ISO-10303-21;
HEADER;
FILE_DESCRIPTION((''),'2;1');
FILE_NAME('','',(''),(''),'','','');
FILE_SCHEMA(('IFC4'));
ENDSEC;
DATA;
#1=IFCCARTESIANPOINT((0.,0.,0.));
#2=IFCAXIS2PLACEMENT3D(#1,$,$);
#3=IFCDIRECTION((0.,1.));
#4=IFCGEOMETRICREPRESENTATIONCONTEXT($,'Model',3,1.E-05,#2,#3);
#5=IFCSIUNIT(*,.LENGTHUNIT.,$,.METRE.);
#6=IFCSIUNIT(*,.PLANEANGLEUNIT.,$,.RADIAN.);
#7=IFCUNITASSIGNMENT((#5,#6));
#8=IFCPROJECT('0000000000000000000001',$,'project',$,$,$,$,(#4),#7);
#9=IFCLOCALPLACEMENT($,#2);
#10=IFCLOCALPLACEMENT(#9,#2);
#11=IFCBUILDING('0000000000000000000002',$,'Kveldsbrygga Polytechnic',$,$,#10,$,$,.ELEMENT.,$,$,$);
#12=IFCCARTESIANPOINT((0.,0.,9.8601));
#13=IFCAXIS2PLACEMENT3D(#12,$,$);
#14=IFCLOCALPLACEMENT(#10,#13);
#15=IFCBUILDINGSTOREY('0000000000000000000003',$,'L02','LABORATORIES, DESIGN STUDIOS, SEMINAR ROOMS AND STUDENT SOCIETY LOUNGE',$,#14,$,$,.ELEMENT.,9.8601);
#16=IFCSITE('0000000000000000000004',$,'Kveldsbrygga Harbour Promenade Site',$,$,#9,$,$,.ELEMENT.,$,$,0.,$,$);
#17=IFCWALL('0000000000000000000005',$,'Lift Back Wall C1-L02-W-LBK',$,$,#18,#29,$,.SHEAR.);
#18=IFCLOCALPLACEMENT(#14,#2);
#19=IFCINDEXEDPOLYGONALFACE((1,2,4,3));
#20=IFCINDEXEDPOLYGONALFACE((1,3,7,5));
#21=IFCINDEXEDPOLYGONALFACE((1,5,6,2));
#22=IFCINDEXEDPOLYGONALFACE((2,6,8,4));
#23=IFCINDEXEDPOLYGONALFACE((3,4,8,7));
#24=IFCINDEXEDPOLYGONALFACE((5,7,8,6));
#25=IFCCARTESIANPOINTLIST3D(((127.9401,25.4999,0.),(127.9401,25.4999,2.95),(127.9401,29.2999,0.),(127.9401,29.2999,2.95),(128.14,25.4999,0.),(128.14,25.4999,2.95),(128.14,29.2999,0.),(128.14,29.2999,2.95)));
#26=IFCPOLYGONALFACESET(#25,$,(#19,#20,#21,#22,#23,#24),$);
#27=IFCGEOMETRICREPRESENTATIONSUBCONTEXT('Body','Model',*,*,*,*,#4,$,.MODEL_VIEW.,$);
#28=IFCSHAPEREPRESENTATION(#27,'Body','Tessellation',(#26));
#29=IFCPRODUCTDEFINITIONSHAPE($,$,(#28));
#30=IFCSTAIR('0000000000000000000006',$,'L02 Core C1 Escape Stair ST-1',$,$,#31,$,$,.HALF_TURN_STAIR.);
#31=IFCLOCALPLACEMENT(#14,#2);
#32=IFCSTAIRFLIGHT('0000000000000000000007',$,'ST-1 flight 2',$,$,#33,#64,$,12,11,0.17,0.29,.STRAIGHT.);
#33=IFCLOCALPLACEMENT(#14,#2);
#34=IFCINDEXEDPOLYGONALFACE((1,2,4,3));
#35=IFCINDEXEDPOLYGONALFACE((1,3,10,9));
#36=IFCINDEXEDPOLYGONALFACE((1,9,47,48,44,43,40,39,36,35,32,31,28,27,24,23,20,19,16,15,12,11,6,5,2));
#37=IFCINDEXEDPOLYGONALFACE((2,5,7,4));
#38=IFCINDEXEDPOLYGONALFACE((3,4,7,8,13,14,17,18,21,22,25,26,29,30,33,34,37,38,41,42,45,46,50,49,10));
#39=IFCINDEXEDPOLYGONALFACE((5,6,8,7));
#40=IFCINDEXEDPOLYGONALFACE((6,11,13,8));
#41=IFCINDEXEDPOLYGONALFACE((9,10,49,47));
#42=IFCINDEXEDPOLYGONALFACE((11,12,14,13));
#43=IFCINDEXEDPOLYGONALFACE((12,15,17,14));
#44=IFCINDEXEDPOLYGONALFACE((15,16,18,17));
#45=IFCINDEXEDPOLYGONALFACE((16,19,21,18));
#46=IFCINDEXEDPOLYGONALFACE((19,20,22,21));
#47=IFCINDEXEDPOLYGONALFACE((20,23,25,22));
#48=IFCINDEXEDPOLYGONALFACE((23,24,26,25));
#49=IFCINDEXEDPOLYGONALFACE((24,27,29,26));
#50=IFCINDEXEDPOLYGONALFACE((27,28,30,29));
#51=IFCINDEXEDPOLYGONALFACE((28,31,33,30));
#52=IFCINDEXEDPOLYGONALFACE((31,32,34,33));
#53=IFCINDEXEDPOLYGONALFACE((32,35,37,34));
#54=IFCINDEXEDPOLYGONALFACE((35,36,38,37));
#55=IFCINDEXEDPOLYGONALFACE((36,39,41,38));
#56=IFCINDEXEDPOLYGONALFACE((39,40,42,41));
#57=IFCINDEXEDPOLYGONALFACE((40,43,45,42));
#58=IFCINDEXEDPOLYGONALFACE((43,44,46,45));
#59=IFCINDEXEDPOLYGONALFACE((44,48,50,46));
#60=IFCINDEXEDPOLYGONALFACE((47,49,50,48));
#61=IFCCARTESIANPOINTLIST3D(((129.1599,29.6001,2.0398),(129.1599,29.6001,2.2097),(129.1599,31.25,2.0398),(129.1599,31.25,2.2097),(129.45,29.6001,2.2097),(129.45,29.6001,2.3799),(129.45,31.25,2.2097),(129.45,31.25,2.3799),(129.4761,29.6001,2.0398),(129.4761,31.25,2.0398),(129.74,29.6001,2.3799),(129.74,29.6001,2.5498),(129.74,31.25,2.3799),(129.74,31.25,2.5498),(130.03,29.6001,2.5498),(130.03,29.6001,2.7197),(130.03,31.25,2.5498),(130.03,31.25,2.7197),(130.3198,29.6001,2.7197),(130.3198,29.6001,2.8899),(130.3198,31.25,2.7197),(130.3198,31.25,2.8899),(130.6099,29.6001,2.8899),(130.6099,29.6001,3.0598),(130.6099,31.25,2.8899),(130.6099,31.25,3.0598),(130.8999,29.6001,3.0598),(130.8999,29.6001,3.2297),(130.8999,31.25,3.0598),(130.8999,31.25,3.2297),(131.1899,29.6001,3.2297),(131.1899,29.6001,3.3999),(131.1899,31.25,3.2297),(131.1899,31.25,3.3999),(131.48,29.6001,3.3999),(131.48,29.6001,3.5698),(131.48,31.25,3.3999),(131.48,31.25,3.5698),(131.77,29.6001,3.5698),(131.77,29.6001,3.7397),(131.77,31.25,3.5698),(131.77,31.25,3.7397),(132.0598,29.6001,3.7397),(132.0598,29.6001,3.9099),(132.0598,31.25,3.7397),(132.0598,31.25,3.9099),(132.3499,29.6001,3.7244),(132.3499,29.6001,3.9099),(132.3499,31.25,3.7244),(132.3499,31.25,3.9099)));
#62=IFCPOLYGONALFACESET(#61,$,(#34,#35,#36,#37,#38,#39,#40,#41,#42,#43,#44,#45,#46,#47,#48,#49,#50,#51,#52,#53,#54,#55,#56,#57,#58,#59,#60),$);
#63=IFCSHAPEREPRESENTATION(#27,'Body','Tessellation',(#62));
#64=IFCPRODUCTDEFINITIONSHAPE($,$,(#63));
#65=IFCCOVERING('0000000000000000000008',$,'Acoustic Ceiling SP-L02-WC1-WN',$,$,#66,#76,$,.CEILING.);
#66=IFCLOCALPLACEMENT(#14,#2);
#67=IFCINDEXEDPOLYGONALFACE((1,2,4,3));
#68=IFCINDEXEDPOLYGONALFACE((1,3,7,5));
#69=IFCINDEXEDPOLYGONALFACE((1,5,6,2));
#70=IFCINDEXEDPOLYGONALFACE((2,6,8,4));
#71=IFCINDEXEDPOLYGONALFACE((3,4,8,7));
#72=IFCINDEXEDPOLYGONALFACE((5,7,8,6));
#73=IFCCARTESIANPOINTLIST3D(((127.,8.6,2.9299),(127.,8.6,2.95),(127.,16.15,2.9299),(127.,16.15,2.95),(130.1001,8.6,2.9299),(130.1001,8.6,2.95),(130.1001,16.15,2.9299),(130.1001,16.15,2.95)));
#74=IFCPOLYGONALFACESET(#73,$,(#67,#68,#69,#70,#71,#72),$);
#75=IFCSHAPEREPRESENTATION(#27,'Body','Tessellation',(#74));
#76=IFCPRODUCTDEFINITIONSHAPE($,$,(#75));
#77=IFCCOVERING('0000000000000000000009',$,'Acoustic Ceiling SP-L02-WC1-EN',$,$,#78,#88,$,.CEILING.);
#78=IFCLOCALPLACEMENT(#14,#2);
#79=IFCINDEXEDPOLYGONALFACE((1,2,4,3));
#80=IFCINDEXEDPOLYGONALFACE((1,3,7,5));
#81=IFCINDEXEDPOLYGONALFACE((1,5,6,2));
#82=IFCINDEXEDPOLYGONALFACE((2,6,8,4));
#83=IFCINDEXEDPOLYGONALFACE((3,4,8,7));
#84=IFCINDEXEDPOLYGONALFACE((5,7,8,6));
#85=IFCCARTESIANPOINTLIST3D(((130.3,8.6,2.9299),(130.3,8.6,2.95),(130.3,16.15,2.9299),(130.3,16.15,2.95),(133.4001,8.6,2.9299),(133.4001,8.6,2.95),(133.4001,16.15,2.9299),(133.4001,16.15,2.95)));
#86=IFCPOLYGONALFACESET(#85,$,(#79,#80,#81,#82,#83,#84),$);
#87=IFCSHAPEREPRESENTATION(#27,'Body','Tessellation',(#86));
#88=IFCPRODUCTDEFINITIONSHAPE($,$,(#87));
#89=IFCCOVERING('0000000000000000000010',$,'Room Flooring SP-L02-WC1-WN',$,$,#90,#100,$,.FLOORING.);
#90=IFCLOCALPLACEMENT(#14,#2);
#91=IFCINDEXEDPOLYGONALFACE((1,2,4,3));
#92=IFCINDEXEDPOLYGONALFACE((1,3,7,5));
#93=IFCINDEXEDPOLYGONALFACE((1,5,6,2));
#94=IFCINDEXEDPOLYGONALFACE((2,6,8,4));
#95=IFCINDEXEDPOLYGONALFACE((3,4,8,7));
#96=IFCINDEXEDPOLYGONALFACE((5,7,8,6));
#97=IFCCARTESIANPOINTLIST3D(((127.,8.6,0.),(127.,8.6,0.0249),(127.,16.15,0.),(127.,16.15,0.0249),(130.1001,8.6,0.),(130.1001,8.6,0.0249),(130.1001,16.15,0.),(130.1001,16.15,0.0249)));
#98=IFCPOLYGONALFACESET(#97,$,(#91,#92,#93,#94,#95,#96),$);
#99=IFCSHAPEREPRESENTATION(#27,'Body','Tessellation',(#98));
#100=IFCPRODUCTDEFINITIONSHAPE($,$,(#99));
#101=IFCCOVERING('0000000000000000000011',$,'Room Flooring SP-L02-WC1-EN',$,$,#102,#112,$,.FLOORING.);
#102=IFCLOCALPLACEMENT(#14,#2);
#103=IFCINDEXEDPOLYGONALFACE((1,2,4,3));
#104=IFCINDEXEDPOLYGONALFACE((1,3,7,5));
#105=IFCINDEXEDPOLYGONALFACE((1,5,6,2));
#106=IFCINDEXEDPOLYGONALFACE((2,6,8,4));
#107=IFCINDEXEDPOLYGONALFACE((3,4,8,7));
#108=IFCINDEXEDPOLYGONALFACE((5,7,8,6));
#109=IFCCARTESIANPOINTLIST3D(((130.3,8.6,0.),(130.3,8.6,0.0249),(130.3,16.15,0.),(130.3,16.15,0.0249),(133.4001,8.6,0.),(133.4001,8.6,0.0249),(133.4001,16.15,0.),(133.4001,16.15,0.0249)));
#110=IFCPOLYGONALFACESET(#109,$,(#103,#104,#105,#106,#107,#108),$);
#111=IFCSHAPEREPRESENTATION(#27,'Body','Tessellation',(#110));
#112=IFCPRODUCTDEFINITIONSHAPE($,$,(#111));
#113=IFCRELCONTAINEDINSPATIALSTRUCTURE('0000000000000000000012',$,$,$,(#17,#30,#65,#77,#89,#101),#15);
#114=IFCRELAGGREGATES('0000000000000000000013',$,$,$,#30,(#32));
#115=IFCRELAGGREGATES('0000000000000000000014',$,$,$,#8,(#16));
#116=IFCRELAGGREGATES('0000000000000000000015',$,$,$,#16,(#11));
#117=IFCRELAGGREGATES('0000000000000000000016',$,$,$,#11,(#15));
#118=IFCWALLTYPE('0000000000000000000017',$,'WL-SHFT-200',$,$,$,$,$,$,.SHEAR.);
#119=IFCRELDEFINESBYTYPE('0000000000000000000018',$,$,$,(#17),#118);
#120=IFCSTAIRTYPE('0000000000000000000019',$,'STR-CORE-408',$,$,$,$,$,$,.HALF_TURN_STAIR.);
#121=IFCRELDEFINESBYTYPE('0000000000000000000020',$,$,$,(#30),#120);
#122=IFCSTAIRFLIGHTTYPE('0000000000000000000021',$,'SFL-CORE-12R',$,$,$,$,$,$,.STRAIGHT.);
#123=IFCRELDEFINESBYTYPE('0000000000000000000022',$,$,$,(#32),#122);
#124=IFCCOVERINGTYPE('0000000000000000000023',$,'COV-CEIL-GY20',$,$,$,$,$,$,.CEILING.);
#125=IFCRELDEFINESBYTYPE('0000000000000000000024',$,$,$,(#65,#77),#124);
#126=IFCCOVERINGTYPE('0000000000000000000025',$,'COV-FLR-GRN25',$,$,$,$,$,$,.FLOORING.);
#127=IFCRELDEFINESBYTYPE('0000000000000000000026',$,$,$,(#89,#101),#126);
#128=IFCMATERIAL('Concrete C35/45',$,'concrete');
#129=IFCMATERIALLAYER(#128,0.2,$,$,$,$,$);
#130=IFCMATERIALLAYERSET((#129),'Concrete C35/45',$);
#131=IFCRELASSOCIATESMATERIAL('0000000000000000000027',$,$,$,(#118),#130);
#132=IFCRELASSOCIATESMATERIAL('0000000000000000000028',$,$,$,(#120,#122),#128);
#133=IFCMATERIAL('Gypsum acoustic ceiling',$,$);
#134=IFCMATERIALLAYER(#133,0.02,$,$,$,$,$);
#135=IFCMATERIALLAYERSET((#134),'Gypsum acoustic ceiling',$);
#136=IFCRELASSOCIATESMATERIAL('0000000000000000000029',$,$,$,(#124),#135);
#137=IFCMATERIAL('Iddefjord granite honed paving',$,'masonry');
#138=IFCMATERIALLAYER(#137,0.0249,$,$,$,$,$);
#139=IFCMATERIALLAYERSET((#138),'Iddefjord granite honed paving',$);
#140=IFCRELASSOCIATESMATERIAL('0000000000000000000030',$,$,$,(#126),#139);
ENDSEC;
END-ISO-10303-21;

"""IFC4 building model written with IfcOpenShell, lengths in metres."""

from ifc_helpers import new_model, si_unit, direction, frame, frame_2d, origin, origin_2d, place, context, subcontext, project, spatial, polyline, rectangle, outline, extrude, material, layer, layer_set, type_object, element, aggregate, save


model = new_model("IFC4")

# Units and contexts
model_context = context("Model", 3, precision=1e-05, world=origin(), true_north=direction((0.0, 1.0)))
body_context = subcontext(model_context, "Body", "Model", "MODEL_VIEW")
ifc_project = project(units=[si_unit("LENGTHUNIT", "METRE"), si_unit("PLANEANGLEUNIT", "RADIAN")], contexts=[model_context])

# Site, building, storey
site_placement = place(None, origin())
site = spatial("IfcSite", under=ifc_project, at=site_placement, Name="Kveldsbrygga Harbour Promenade Site", CompositionType="ELEMENT", RefElevation=0.0)
building_placement = place(site_placement, origin())
building = spatial("IfcBuilding", under=site, at=building_placement, Name="Kveldsbrygga Polytechnic", CompositionType="ELEMENT")
storey_placement = place(building_placement, frame((0.0, 0.0, 9.8601)))
storey = spatial("IfcBuildingStorey", under=building, at=storey_placement, Name="L02", Description="LABORATORIES, DESIGN STUDIOS, SEMINAR ROOMS AND STUDENT SOCIETY LOUNGE", CompositionType="ELEMENT", Elevation=9.8601)

# Shared definitions
ifc_material_1 = material(Name="Concrete C35/45", Category="concrete")

# Shared definitions
ifc_layer_1 = layer(ifc_material_1, 0.2)
ifc_layer_set_1 = layer_set([ifc_layer_1], Name="Concrete C35/45")
wall_type_1 = type_object("IfcWallType", Name="WL-SHFT-200", PredefinedType="SHEAR", material=ifc_layer_set_1)

# Wall
wall_1_placement = place(storey_placement, frame((128.04, 25.5, 0.0), z_axis=(0.0, 0.0, 1.0), x_axis=(0.0, 1.0, 0.0)))
element("IfcWall", 1, at=wall_1_placement, inside=storey, type_object=wall_type_1, Name="Lift Back Wall C1-L02-W-LBK", PredefinedType="SHEAR", context=body_context, shape_type="SweptSolid", body=[
    extrude(rectangle(XDim=3.8, YDim=0.2, at=frame_2d((1.8999, 0.0))), origin(), (0.0, 0.0, 1.0), 2.95),
])

# Stair, stair flight
stair_type = type_object("IfcStairType", Name="STR-CORE-408", PredefinedType="HALF_TURN_STAIR", material=ifc_material_1)
stair_placement = place(storey_placement, origin())
stair = element("IfcStair", 2, at=stair_placement, inside=storey, type_object=stair_type, Name="L02 Core C1 Escape Stair ST-1", PredefinedType="HALF_TURN_STAIR")
stair_flight_type = type_object("IfcStairFlightType", Name="SFL-CORE-12R", PredefinedType="STRAIGHT", material=ifc_material_1)
stair_flight_placement = place(storey_placement, frame((129.1599, 30.425, 2.0398), z_axis=(0.0, 0.0, 1.0), x_axis=(1.0, 0.0, 0.0)))
stair_flight = element("IfcStairFlight", 3, at=stair_flight_placement, type_object=stair_flight_type, Name="ST-1 flight 2", NumberOfRisers=12, NumberOfTreads=11, PredefinedType="STRAIGHT", RiserHeight=0.17, TreadLength=0.29, context=body_context, shape_type="SweptSolid", body=[
    extrude(outline(polyline([(0.0, 0.0), (0.0, 0.1699), (0.29, 0.1699), (0.29, 0.3401), (0.5801, 0.3401), (0.5801, 0.51), (0.8701, 0.51), (0.8701, 0.6799), (1.1599, 0.6799), (1.1599, 0.8501), (1.45, 0.8501), (1.45, 1.02), (1.74, 1.02), (1.74, 1.1899), (2.03, 1.1899), (2.03, 1.3601), (2.3201, 1.3601), (2.3201, 1.53), (2.6101, 1.53), (2.6101, 1.7), (2.8999, 1.7), (2.8999, 1.8701), (3.1899, 1.8701), (3.1899, 2.04), (3.1899, 1.6846), (0.3162, 0.0), (0.0, 0.0)])), frame((0.0, 0.825, 0.0), z_axis=(0.0, -1.0, 0.0), x_axis=(1.0, 0.0, 0.0)), (0.0, 0.0, 1.0), 1.6499),
])
aggregate(stair, [stair_flight])

# Coverings
ifc_material_2 = material(Name="Gypsum acoustic ceiling")
ifc_layer_2 = layer(ifc_material_2, 0.02)
ifc_layer_set_2 = layer_set([ifc_layer_2], Name="Gypsum acoustic ceiling")
covering_type_1 = type_object("IfcCoveringType", Name="COV-CEIL-GY20", PredefinedType="CEILING", material=ifc_layer_set_2)
for number, where, z_axis, x_axis, name in (
    (4, (128.55, 12.375, 2.9299), (0.0, 0.0, 1.0), (1.0, 0.0, 0.0), "Acoustic Ceiling SP-L02-WC1-WN"),
    (5, (131.8501, 12.375, 2.9299), (0.0, 0.0, 1.0), (1.0, 0.0, 0.0), "Acoustic Ceiling SP-L02-WC1-EN"),
):
    element("IfcCovering", number, at=place(storey_placement, frame(where, z_axis=z_axis, x_axis=x_axis)), inside=storey, type_object=covering_type_1, Name=name, PredefinedType="CEILING", context=body_context, shape_type="SweptSolid", body=[
        extrude(rectangle(XDim=3.1001, YDim=7.55, at=origin_2d()), origin(), (0.0, 0.0, 1.0), 0.02),
    ])
ifc_material_3 = material(Name="Iddefjord granite honed paving", Category="masonry")
ifc_layer_3 = layer(ifc_material_3, 0.0249)
ifc_layer_set_3 = layer_set([ifc_layer_3], Name="Iddefjord granite honed paving")
covering_type_2 = type_object("IfcCoveringType", Name="COV-FLR-GRN25", PredefinedType="FLOORING", material=ifc_layer_set_3)
for number, where, z_axis, x_axis, name in (
    (6, (128.55, 12.375, 0.0), (0.0, 0.0, 1.0), (1.0, 0.0, 0.0), "Room Flooring SP-L02-WC1-WN"),
    (7, (131.8501, 12.375, 0.0), (0.0, 0.0, 1.0), (1.0, 0.0, 0.0), "Room Flooring SP-L02-WC1-EN"),
):
    element("IfcCovering", number, at=place(storey_placement, frame(where, z_axis=z_axis, x_axis=x_axis)), inside=storey, type_object=covering_type_2, Name=name, PredefinedType="FLOORING", context=body_context, shape_type="SweptSolid", body=[
        extrude(rectangle(XDim=3.1001, YDim=7.55, at=origin_2d()), origin(), (0.0, 0.0, 1.0), 0.0249),
    ])

save(model, "model.ifc")
